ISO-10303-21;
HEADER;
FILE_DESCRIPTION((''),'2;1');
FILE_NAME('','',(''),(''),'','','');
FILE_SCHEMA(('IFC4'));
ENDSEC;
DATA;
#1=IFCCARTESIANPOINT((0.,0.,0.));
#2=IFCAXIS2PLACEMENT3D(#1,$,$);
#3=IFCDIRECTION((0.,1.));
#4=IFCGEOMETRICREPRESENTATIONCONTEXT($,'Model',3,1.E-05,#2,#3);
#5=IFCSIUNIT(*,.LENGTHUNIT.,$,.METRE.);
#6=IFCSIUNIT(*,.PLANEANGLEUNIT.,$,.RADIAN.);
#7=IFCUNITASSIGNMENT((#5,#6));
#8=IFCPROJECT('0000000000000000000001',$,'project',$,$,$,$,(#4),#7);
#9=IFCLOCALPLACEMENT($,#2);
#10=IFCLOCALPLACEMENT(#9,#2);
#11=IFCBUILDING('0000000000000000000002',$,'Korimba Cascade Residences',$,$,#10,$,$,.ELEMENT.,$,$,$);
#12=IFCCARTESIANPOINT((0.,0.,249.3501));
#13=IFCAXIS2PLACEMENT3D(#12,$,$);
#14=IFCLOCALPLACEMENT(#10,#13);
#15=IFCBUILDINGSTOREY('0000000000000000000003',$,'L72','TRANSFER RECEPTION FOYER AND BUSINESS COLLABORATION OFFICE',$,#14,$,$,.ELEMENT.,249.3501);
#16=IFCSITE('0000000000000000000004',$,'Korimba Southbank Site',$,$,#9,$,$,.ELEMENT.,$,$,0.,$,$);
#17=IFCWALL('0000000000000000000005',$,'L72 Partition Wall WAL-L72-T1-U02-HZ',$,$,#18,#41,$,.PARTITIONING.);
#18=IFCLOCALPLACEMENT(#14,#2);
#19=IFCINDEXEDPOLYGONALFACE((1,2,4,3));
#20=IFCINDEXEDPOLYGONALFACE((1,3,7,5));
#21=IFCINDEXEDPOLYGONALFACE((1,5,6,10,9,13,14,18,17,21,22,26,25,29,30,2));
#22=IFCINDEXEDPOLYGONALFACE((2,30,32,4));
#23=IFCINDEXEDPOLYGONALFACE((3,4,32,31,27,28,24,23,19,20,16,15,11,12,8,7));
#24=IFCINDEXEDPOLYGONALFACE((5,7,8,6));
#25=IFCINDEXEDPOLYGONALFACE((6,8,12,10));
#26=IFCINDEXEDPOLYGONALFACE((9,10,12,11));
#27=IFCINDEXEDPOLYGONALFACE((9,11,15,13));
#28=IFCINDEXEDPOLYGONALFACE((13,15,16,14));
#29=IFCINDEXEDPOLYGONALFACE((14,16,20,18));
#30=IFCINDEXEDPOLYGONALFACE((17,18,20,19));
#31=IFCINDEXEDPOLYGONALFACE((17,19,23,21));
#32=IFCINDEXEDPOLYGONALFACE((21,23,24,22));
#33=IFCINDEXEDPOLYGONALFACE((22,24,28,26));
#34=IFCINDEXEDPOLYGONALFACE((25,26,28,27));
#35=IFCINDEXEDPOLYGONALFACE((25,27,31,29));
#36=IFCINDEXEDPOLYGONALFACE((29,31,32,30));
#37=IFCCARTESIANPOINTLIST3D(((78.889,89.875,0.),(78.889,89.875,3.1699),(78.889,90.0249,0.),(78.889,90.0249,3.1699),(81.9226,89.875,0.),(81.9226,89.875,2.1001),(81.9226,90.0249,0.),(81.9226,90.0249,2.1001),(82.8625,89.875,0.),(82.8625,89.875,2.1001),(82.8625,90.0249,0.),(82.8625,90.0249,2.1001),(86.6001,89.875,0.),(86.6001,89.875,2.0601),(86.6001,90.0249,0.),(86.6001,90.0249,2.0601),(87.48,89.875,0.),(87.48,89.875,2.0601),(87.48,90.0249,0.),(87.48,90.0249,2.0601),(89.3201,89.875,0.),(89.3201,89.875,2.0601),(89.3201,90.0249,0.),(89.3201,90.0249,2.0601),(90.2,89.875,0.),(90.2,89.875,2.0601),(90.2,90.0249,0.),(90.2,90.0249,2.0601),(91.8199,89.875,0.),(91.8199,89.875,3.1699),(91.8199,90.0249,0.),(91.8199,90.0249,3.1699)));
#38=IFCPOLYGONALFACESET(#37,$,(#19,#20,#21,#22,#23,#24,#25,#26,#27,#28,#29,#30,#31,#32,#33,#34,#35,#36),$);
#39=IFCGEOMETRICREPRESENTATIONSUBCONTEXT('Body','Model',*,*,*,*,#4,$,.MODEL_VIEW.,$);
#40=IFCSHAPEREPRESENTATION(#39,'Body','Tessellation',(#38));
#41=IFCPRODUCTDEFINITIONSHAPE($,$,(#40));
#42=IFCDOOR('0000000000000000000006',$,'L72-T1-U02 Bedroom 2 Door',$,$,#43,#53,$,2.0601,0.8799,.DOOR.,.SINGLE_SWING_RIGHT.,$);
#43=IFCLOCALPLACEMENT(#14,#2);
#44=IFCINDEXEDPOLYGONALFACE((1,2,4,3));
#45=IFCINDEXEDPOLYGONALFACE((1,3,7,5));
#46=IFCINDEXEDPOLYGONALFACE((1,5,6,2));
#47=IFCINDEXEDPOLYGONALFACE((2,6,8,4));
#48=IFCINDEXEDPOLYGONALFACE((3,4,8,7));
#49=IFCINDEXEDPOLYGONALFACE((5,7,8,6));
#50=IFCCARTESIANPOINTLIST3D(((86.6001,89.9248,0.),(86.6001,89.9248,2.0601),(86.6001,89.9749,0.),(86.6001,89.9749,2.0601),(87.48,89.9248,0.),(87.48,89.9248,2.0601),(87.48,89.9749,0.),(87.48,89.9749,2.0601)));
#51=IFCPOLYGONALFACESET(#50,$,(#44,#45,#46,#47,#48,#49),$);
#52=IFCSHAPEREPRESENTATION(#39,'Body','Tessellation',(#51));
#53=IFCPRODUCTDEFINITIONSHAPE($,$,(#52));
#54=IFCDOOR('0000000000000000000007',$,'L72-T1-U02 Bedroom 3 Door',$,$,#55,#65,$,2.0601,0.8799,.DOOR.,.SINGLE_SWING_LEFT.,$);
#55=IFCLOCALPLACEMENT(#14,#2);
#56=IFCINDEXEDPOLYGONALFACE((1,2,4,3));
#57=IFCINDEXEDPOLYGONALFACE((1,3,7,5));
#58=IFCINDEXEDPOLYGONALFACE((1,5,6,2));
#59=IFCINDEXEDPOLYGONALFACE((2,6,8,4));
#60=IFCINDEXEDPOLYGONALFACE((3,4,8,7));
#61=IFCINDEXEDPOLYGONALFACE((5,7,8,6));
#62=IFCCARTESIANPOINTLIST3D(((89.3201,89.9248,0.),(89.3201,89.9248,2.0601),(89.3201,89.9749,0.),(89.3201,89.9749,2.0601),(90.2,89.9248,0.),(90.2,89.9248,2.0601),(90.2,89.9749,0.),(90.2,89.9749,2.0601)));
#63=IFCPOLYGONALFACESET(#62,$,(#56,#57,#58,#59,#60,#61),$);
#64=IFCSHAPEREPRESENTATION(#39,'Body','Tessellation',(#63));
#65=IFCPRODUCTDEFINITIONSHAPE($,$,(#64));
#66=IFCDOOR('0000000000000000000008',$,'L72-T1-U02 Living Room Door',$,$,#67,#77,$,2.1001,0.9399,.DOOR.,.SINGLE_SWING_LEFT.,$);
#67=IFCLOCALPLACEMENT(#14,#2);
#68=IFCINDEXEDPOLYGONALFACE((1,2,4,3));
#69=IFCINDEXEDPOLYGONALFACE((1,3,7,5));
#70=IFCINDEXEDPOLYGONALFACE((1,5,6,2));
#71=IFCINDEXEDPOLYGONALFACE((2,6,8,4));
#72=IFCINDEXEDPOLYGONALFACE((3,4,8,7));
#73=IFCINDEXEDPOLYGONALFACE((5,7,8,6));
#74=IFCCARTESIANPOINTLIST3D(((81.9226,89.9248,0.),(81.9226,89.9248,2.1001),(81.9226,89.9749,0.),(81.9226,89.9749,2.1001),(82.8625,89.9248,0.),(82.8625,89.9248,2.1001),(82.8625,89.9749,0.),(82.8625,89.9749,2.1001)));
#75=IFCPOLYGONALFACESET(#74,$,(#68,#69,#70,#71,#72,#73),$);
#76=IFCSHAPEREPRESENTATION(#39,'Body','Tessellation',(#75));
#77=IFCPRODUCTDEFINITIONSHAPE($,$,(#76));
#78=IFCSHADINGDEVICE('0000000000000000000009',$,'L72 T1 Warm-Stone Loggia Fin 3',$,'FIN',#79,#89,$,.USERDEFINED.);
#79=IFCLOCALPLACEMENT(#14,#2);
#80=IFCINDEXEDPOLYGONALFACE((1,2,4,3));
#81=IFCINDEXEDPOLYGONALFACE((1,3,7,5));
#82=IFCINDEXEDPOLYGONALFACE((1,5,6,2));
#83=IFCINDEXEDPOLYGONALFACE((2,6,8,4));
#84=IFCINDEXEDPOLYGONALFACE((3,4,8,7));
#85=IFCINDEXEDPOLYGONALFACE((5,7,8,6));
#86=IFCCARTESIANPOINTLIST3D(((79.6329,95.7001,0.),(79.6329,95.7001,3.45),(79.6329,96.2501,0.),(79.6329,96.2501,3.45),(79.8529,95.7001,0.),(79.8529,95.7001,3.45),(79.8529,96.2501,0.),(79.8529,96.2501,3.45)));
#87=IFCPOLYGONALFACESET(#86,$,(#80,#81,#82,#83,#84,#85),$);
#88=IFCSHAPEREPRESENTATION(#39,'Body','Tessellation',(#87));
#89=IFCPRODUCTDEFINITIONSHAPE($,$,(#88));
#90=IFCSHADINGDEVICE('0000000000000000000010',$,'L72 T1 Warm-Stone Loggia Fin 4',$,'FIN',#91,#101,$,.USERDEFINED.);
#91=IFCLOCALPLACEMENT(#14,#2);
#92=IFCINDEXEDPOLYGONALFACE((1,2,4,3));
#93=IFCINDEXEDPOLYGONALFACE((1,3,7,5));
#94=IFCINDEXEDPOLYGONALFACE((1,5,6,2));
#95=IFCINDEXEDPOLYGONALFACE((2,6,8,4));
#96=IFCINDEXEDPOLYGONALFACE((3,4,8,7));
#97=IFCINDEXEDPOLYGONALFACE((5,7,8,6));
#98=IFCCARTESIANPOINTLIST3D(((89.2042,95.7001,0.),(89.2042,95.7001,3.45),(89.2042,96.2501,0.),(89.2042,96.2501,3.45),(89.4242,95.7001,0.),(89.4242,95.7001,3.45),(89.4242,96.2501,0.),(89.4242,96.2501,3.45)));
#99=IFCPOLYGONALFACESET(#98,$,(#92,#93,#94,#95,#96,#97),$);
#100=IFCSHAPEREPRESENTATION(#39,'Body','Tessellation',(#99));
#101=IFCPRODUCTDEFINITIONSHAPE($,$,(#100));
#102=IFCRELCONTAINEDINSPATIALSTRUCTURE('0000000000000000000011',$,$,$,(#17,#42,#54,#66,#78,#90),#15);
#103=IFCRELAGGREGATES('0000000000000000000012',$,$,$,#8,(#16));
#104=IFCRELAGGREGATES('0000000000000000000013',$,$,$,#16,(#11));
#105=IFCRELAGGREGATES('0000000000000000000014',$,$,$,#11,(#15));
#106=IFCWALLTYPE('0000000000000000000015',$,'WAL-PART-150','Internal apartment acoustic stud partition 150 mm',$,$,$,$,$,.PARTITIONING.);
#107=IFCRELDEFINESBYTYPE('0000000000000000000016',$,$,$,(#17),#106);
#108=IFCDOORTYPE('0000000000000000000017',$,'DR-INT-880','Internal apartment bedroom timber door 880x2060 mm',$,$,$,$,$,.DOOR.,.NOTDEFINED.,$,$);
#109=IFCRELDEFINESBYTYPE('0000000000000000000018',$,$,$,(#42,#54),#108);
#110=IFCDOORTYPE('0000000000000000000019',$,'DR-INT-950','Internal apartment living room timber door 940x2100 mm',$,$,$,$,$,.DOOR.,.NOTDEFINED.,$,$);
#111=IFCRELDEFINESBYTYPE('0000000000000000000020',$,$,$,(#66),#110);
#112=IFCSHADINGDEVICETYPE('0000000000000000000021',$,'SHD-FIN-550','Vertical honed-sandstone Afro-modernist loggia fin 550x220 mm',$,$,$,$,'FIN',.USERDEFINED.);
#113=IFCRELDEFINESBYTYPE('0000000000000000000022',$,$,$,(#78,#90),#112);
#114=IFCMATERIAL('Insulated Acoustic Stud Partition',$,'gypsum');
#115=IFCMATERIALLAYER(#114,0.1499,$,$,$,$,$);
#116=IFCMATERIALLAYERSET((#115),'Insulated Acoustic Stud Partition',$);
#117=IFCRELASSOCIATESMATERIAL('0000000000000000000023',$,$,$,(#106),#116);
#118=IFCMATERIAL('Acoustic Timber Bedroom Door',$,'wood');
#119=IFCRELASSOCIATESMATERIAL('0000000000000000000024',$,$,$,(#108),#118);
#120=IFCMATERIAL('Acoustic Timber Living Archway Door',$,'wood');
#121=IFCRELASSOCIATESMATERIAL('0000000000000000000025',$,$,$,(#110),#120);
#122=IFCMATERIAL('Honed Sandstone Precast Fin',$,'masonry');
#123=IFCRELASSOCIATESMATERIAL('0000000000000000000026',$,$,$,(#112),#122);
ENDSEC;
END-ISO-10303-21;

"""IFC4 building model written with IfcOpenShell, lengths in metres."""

from ifc_helpers import new_model, si_unit, direction, frame, frame_2d, origin, origin_2d, place, context, subcontext, project, spatial, rectangle, extrude, material, layer, layer_set, type_object, element, fill, save


model = new_model("IFC4")

# Units and contexts
model_context = context("Model", 3, precision=1e-05, world=origin(), true_north=direction((0.0, 1.0)))
body_context = subcontext(model_context, "Body", "Model", "MODEL_VIEW")
ifc_project = project(units=[si_unit("LENGTHUNIT", "METRE"), si_unit("PLANEANGLEUNIT", "RADIAN")], contexts=[model_context])

# Site, building, storey
site_placement = place(None, origin())
site = spatial("IfcSite", under=ifc_project, at=site_placement, Name="Korimba Southbank Site", CompositionType="ELEMENT", RefElevation=0.0)
building_placement = place(site_placement, origin())
building = spatial("IfcBuilding", under=site, at=building_placement, Name="Korimba Cascade Residences", CompositionType="ELEMENT")
storey_placement = place(building_placement, frame((0.0, 0.0, 249.3501)))
storey = spatial("IfcBuildingStorey", under=building, at=storey_placement, Name="L72", Description="TRANSFER RECEPTION FOYER AND BUSINESS COLLABORATION OFFICE", CompositionType="ELEMENT", Elevation=249.3501)

# Shared definitions
ifc_material_1 = material(Name="Insulated Acoustic Stud Partition", Category="gypsum")
ifc_layer = layer(ifc_material_1, 0.1499)
ifc_layer_set = layer_set([ifc_layer], Name="Insulated Acoustic Stud Partition")
wall_type = type_object("IfcWallType", Name="WAL-PART-150", Description="Internal apartment acoustic stud partition 150 mm", PredefinedType="PARTITIONING", material=ifc_layer_set)

# Wall, openings, doors
wall_1_placement = place(storey_placement, frame((78.8892, 89.95, 0.0), z_axis=(0.0, 0.0, 1.0), x_axis=(1.0, 0.0, 0.0)))
wall_1 = element("IfcWall", 1, at=wall_1_placement, inside=storey, type_object=wall_type, Name="L72 Partition Wall WAL-L72-T1-U02-HZ", PredefinedType="PARTITIONING", context=body_context, shape_type="SweptSolid", body=[
    extrude(rectangle(XDim=12.9309, YDim=0.1499, at=frame_2d((6.4653, 0.0))), origin(), (0.0, 0.0, 1.0), 3.1699),
])
opening_1_placement = place(wall_1_placement, frame((3.0334, 0.0, 0.0)))
opening_1 = element("IfcOpeningElement", 2, at=opening_1_placement, cuts=wall_1, PredefinedType="OPENING", context=body_context, shape_type="SweptSolid", body=[
    extrude(rectangle(XDim=0.9399, YDim=2.1001, at=frame_2d((0.47, 1.05))), frame((0.0, 0.085, 0.0), z_axis=(0.0, -1.0, 0.0), x_axis=(1.0, 0.0, 0.0)), (0.0, 0.0, 1.0), 0.1699),
])
opening_2_placement = place(wall_1_placement, frame((7.7109, 0.0, 0.0)))
opening_2 = element("IfcOpeningElement", 3, at=opening_2_placement, cuts=wall_1, PredefinedType="OPENING", context=body_context, shape_type="SweptSolid", body=[
    extrude(rectangle(XDim=0.8799, YDim=2.0601, at=frame_2d((0.4399, 1.03))), frame((0.0, 0.085, 0.0), z_axis=(0.0, -1.0, 0.0), x_axis=(1.0, 0.0, 0.0)), (0.0, 0.0, 1.0), 0.1699),
])
opening_3_placement = place(wall_1_placement, frame((10.4309, 0.0, 0.0)))
opening_3 = element("IfcOpeningElement", 4, at=opening_3_placement, cuts=wall_1, PredefinedType="OPENING", context=body_context, shape_type="SweptSolid", body=[
    extrude(rectangle(XDim=0.8799, YDim=2.0601, at=frame_2d((0.4399, 1.03))), frame((0.0, 0.085, 0.0), z_axis=(0.0, -1.0, 0.0), x_axis=(1.0, 0.0, 0.0)), (0.0, 0.0, 1.0), 0.1699),
])
ifc_material_2 = material(Name="Acoustic Timber Bedroom Door", Category="wood")
door_type_1 = type_object("IfcDoorType", Name="DR-INT-880", Description="Internal apartment bedroom timber door 880x2060 mm", OperationType="NOTDEFINED", PredefinedType="DOOR", material=ifc_material_2)
door_1_placement = place(opening_2_placement, origin())
door_1 = element("IfcDoor", 5, at=door_1_placement, inside=storey, type_object=door_type_1, Name="L72-T1-U02 Bedroom 2 Door", OperationType="SINGLE_SWING_RIGHT", OverallHeight=2.0601, OverallWidth=0.8799, PredefinedType="DOOR", context=body_context, shape_type="SweptSolid", body=[
    extrude(rectangle(XDim=0.8799, YDim=2.0601, at=frame_2d((0.4399, 1.03))), frame((0.0, 0.0249, 0.0), z_axis=(0.0, -1.0, 0.0), x_axis=(1.0, 0.0, 0.0)), (0.0, 0.0, 1.0), 0.05),
])
fill(opening_2, door_1)
door_2_placement = place(opening_3_placement, origin())
door_2 = element("IfcDoor", 6, at=door_2_placement, inside=storey, type_object=door_type_1, Name="L72-T1-U02 Bedroom 3 Door", OperationType="SINGLE_SWING_LEFT", OverallHeight=2.0601, OverallWidth=0.8799, PredefinedType="DOOR", context=body_context, shape_type="SweptSolid", body=[
    extrude(rectangle(XDim=0.8799, YDim=2.0601, at=frame_2d((0.4399, 1.03))), frame((0.0, 0.0249, 0.0), z_axis=(0.0, -1.0, 0.0), x_axis=(1.0, 0.0, 0.0)), (0.0, 0.0, 1.0), 0.05),
])
fill(opening_3, door_2)
ifc_material_3 = material(Name="Acoustic Timber Living Archway Door", Category="wood")
door_type_2 = type_object("IfcDoorType", Name="DR-INT-950", Description="Internal apartment living room timber door 940x2100 mm", OperationType="NOTDEFINED", PredefinedType="DOOR", material=ifc_material_3)
door_3_placement = place(opening_1_placement, origin())
door_3 = element("IfcDoor", 7, at=door_3_placement, inside=storey, type_object=door_type_2, Name="L72-T1-U02 Living Room Door", OperationType="SINGLE_SWING_LEFT", OverallHeight=2.1001, OverallWidth=0.9399, PredefinedType="DOOR", context=body_context, shape_type="SweptSolid", body=[
    extrude(rectangle(XDim=0.9399, YDim=2.1001, at=frame_2d((0.47, 1.05))), frame((0.0, 0.0249, 0.0), z_axis=(0.0, -1.0, 0.0), x_axis=(1.0, 0.0, 0.0)), (0.0, 0.0, 1.0), 0.05),
])
fill(opening_1, door_3)

# Shading devices
ifc_material_4 = material(Name="Honed Sandstone Precast Fin", Category="masonry")
shading_device_type = type_object("IfcShadingDeviceType", Name="SHD-FIN-550", Description="Vertical honed-sandstone Afro-modernist loggia fin 550x220 mm", ElementType="FIN", PredefinedType="USERDEFINED", material=ifc_material_4)
for number, where, z_axis, x_axis, name in (
    (8, (79.7429, 95.9751, 0.0), (0.0, 0.0, 1.0), (1.0, 0.0, 0.0), "L72 T1 Warm-Stone Loggia Fin 3"),
    (9, (89.3142, 95.9751, 0.0), (0.0, 0.0, 1.0), (1.0, 0.0, 0.0), "L72 T1 Warm-Stone Loggia Fin 4"),
):
    element("IfcShadingDevice", number, at=place(storey_placement, frame(where, z_axis=z_axis, x_axis=x_axis)), inside=storey, type_object=shading_device_type, Name=name, ObjectType="FIN", PredefinedType="USERDEFINED", context=body_context, shape_type="SweptSolid", body=[
        extrude(rectangle(XDim=0.22, YDim=0.55, at=origin_2d()), origin(), (0.0, 0.0, 1.0), 3.45),
    ])

save(model, "model.ifc")
